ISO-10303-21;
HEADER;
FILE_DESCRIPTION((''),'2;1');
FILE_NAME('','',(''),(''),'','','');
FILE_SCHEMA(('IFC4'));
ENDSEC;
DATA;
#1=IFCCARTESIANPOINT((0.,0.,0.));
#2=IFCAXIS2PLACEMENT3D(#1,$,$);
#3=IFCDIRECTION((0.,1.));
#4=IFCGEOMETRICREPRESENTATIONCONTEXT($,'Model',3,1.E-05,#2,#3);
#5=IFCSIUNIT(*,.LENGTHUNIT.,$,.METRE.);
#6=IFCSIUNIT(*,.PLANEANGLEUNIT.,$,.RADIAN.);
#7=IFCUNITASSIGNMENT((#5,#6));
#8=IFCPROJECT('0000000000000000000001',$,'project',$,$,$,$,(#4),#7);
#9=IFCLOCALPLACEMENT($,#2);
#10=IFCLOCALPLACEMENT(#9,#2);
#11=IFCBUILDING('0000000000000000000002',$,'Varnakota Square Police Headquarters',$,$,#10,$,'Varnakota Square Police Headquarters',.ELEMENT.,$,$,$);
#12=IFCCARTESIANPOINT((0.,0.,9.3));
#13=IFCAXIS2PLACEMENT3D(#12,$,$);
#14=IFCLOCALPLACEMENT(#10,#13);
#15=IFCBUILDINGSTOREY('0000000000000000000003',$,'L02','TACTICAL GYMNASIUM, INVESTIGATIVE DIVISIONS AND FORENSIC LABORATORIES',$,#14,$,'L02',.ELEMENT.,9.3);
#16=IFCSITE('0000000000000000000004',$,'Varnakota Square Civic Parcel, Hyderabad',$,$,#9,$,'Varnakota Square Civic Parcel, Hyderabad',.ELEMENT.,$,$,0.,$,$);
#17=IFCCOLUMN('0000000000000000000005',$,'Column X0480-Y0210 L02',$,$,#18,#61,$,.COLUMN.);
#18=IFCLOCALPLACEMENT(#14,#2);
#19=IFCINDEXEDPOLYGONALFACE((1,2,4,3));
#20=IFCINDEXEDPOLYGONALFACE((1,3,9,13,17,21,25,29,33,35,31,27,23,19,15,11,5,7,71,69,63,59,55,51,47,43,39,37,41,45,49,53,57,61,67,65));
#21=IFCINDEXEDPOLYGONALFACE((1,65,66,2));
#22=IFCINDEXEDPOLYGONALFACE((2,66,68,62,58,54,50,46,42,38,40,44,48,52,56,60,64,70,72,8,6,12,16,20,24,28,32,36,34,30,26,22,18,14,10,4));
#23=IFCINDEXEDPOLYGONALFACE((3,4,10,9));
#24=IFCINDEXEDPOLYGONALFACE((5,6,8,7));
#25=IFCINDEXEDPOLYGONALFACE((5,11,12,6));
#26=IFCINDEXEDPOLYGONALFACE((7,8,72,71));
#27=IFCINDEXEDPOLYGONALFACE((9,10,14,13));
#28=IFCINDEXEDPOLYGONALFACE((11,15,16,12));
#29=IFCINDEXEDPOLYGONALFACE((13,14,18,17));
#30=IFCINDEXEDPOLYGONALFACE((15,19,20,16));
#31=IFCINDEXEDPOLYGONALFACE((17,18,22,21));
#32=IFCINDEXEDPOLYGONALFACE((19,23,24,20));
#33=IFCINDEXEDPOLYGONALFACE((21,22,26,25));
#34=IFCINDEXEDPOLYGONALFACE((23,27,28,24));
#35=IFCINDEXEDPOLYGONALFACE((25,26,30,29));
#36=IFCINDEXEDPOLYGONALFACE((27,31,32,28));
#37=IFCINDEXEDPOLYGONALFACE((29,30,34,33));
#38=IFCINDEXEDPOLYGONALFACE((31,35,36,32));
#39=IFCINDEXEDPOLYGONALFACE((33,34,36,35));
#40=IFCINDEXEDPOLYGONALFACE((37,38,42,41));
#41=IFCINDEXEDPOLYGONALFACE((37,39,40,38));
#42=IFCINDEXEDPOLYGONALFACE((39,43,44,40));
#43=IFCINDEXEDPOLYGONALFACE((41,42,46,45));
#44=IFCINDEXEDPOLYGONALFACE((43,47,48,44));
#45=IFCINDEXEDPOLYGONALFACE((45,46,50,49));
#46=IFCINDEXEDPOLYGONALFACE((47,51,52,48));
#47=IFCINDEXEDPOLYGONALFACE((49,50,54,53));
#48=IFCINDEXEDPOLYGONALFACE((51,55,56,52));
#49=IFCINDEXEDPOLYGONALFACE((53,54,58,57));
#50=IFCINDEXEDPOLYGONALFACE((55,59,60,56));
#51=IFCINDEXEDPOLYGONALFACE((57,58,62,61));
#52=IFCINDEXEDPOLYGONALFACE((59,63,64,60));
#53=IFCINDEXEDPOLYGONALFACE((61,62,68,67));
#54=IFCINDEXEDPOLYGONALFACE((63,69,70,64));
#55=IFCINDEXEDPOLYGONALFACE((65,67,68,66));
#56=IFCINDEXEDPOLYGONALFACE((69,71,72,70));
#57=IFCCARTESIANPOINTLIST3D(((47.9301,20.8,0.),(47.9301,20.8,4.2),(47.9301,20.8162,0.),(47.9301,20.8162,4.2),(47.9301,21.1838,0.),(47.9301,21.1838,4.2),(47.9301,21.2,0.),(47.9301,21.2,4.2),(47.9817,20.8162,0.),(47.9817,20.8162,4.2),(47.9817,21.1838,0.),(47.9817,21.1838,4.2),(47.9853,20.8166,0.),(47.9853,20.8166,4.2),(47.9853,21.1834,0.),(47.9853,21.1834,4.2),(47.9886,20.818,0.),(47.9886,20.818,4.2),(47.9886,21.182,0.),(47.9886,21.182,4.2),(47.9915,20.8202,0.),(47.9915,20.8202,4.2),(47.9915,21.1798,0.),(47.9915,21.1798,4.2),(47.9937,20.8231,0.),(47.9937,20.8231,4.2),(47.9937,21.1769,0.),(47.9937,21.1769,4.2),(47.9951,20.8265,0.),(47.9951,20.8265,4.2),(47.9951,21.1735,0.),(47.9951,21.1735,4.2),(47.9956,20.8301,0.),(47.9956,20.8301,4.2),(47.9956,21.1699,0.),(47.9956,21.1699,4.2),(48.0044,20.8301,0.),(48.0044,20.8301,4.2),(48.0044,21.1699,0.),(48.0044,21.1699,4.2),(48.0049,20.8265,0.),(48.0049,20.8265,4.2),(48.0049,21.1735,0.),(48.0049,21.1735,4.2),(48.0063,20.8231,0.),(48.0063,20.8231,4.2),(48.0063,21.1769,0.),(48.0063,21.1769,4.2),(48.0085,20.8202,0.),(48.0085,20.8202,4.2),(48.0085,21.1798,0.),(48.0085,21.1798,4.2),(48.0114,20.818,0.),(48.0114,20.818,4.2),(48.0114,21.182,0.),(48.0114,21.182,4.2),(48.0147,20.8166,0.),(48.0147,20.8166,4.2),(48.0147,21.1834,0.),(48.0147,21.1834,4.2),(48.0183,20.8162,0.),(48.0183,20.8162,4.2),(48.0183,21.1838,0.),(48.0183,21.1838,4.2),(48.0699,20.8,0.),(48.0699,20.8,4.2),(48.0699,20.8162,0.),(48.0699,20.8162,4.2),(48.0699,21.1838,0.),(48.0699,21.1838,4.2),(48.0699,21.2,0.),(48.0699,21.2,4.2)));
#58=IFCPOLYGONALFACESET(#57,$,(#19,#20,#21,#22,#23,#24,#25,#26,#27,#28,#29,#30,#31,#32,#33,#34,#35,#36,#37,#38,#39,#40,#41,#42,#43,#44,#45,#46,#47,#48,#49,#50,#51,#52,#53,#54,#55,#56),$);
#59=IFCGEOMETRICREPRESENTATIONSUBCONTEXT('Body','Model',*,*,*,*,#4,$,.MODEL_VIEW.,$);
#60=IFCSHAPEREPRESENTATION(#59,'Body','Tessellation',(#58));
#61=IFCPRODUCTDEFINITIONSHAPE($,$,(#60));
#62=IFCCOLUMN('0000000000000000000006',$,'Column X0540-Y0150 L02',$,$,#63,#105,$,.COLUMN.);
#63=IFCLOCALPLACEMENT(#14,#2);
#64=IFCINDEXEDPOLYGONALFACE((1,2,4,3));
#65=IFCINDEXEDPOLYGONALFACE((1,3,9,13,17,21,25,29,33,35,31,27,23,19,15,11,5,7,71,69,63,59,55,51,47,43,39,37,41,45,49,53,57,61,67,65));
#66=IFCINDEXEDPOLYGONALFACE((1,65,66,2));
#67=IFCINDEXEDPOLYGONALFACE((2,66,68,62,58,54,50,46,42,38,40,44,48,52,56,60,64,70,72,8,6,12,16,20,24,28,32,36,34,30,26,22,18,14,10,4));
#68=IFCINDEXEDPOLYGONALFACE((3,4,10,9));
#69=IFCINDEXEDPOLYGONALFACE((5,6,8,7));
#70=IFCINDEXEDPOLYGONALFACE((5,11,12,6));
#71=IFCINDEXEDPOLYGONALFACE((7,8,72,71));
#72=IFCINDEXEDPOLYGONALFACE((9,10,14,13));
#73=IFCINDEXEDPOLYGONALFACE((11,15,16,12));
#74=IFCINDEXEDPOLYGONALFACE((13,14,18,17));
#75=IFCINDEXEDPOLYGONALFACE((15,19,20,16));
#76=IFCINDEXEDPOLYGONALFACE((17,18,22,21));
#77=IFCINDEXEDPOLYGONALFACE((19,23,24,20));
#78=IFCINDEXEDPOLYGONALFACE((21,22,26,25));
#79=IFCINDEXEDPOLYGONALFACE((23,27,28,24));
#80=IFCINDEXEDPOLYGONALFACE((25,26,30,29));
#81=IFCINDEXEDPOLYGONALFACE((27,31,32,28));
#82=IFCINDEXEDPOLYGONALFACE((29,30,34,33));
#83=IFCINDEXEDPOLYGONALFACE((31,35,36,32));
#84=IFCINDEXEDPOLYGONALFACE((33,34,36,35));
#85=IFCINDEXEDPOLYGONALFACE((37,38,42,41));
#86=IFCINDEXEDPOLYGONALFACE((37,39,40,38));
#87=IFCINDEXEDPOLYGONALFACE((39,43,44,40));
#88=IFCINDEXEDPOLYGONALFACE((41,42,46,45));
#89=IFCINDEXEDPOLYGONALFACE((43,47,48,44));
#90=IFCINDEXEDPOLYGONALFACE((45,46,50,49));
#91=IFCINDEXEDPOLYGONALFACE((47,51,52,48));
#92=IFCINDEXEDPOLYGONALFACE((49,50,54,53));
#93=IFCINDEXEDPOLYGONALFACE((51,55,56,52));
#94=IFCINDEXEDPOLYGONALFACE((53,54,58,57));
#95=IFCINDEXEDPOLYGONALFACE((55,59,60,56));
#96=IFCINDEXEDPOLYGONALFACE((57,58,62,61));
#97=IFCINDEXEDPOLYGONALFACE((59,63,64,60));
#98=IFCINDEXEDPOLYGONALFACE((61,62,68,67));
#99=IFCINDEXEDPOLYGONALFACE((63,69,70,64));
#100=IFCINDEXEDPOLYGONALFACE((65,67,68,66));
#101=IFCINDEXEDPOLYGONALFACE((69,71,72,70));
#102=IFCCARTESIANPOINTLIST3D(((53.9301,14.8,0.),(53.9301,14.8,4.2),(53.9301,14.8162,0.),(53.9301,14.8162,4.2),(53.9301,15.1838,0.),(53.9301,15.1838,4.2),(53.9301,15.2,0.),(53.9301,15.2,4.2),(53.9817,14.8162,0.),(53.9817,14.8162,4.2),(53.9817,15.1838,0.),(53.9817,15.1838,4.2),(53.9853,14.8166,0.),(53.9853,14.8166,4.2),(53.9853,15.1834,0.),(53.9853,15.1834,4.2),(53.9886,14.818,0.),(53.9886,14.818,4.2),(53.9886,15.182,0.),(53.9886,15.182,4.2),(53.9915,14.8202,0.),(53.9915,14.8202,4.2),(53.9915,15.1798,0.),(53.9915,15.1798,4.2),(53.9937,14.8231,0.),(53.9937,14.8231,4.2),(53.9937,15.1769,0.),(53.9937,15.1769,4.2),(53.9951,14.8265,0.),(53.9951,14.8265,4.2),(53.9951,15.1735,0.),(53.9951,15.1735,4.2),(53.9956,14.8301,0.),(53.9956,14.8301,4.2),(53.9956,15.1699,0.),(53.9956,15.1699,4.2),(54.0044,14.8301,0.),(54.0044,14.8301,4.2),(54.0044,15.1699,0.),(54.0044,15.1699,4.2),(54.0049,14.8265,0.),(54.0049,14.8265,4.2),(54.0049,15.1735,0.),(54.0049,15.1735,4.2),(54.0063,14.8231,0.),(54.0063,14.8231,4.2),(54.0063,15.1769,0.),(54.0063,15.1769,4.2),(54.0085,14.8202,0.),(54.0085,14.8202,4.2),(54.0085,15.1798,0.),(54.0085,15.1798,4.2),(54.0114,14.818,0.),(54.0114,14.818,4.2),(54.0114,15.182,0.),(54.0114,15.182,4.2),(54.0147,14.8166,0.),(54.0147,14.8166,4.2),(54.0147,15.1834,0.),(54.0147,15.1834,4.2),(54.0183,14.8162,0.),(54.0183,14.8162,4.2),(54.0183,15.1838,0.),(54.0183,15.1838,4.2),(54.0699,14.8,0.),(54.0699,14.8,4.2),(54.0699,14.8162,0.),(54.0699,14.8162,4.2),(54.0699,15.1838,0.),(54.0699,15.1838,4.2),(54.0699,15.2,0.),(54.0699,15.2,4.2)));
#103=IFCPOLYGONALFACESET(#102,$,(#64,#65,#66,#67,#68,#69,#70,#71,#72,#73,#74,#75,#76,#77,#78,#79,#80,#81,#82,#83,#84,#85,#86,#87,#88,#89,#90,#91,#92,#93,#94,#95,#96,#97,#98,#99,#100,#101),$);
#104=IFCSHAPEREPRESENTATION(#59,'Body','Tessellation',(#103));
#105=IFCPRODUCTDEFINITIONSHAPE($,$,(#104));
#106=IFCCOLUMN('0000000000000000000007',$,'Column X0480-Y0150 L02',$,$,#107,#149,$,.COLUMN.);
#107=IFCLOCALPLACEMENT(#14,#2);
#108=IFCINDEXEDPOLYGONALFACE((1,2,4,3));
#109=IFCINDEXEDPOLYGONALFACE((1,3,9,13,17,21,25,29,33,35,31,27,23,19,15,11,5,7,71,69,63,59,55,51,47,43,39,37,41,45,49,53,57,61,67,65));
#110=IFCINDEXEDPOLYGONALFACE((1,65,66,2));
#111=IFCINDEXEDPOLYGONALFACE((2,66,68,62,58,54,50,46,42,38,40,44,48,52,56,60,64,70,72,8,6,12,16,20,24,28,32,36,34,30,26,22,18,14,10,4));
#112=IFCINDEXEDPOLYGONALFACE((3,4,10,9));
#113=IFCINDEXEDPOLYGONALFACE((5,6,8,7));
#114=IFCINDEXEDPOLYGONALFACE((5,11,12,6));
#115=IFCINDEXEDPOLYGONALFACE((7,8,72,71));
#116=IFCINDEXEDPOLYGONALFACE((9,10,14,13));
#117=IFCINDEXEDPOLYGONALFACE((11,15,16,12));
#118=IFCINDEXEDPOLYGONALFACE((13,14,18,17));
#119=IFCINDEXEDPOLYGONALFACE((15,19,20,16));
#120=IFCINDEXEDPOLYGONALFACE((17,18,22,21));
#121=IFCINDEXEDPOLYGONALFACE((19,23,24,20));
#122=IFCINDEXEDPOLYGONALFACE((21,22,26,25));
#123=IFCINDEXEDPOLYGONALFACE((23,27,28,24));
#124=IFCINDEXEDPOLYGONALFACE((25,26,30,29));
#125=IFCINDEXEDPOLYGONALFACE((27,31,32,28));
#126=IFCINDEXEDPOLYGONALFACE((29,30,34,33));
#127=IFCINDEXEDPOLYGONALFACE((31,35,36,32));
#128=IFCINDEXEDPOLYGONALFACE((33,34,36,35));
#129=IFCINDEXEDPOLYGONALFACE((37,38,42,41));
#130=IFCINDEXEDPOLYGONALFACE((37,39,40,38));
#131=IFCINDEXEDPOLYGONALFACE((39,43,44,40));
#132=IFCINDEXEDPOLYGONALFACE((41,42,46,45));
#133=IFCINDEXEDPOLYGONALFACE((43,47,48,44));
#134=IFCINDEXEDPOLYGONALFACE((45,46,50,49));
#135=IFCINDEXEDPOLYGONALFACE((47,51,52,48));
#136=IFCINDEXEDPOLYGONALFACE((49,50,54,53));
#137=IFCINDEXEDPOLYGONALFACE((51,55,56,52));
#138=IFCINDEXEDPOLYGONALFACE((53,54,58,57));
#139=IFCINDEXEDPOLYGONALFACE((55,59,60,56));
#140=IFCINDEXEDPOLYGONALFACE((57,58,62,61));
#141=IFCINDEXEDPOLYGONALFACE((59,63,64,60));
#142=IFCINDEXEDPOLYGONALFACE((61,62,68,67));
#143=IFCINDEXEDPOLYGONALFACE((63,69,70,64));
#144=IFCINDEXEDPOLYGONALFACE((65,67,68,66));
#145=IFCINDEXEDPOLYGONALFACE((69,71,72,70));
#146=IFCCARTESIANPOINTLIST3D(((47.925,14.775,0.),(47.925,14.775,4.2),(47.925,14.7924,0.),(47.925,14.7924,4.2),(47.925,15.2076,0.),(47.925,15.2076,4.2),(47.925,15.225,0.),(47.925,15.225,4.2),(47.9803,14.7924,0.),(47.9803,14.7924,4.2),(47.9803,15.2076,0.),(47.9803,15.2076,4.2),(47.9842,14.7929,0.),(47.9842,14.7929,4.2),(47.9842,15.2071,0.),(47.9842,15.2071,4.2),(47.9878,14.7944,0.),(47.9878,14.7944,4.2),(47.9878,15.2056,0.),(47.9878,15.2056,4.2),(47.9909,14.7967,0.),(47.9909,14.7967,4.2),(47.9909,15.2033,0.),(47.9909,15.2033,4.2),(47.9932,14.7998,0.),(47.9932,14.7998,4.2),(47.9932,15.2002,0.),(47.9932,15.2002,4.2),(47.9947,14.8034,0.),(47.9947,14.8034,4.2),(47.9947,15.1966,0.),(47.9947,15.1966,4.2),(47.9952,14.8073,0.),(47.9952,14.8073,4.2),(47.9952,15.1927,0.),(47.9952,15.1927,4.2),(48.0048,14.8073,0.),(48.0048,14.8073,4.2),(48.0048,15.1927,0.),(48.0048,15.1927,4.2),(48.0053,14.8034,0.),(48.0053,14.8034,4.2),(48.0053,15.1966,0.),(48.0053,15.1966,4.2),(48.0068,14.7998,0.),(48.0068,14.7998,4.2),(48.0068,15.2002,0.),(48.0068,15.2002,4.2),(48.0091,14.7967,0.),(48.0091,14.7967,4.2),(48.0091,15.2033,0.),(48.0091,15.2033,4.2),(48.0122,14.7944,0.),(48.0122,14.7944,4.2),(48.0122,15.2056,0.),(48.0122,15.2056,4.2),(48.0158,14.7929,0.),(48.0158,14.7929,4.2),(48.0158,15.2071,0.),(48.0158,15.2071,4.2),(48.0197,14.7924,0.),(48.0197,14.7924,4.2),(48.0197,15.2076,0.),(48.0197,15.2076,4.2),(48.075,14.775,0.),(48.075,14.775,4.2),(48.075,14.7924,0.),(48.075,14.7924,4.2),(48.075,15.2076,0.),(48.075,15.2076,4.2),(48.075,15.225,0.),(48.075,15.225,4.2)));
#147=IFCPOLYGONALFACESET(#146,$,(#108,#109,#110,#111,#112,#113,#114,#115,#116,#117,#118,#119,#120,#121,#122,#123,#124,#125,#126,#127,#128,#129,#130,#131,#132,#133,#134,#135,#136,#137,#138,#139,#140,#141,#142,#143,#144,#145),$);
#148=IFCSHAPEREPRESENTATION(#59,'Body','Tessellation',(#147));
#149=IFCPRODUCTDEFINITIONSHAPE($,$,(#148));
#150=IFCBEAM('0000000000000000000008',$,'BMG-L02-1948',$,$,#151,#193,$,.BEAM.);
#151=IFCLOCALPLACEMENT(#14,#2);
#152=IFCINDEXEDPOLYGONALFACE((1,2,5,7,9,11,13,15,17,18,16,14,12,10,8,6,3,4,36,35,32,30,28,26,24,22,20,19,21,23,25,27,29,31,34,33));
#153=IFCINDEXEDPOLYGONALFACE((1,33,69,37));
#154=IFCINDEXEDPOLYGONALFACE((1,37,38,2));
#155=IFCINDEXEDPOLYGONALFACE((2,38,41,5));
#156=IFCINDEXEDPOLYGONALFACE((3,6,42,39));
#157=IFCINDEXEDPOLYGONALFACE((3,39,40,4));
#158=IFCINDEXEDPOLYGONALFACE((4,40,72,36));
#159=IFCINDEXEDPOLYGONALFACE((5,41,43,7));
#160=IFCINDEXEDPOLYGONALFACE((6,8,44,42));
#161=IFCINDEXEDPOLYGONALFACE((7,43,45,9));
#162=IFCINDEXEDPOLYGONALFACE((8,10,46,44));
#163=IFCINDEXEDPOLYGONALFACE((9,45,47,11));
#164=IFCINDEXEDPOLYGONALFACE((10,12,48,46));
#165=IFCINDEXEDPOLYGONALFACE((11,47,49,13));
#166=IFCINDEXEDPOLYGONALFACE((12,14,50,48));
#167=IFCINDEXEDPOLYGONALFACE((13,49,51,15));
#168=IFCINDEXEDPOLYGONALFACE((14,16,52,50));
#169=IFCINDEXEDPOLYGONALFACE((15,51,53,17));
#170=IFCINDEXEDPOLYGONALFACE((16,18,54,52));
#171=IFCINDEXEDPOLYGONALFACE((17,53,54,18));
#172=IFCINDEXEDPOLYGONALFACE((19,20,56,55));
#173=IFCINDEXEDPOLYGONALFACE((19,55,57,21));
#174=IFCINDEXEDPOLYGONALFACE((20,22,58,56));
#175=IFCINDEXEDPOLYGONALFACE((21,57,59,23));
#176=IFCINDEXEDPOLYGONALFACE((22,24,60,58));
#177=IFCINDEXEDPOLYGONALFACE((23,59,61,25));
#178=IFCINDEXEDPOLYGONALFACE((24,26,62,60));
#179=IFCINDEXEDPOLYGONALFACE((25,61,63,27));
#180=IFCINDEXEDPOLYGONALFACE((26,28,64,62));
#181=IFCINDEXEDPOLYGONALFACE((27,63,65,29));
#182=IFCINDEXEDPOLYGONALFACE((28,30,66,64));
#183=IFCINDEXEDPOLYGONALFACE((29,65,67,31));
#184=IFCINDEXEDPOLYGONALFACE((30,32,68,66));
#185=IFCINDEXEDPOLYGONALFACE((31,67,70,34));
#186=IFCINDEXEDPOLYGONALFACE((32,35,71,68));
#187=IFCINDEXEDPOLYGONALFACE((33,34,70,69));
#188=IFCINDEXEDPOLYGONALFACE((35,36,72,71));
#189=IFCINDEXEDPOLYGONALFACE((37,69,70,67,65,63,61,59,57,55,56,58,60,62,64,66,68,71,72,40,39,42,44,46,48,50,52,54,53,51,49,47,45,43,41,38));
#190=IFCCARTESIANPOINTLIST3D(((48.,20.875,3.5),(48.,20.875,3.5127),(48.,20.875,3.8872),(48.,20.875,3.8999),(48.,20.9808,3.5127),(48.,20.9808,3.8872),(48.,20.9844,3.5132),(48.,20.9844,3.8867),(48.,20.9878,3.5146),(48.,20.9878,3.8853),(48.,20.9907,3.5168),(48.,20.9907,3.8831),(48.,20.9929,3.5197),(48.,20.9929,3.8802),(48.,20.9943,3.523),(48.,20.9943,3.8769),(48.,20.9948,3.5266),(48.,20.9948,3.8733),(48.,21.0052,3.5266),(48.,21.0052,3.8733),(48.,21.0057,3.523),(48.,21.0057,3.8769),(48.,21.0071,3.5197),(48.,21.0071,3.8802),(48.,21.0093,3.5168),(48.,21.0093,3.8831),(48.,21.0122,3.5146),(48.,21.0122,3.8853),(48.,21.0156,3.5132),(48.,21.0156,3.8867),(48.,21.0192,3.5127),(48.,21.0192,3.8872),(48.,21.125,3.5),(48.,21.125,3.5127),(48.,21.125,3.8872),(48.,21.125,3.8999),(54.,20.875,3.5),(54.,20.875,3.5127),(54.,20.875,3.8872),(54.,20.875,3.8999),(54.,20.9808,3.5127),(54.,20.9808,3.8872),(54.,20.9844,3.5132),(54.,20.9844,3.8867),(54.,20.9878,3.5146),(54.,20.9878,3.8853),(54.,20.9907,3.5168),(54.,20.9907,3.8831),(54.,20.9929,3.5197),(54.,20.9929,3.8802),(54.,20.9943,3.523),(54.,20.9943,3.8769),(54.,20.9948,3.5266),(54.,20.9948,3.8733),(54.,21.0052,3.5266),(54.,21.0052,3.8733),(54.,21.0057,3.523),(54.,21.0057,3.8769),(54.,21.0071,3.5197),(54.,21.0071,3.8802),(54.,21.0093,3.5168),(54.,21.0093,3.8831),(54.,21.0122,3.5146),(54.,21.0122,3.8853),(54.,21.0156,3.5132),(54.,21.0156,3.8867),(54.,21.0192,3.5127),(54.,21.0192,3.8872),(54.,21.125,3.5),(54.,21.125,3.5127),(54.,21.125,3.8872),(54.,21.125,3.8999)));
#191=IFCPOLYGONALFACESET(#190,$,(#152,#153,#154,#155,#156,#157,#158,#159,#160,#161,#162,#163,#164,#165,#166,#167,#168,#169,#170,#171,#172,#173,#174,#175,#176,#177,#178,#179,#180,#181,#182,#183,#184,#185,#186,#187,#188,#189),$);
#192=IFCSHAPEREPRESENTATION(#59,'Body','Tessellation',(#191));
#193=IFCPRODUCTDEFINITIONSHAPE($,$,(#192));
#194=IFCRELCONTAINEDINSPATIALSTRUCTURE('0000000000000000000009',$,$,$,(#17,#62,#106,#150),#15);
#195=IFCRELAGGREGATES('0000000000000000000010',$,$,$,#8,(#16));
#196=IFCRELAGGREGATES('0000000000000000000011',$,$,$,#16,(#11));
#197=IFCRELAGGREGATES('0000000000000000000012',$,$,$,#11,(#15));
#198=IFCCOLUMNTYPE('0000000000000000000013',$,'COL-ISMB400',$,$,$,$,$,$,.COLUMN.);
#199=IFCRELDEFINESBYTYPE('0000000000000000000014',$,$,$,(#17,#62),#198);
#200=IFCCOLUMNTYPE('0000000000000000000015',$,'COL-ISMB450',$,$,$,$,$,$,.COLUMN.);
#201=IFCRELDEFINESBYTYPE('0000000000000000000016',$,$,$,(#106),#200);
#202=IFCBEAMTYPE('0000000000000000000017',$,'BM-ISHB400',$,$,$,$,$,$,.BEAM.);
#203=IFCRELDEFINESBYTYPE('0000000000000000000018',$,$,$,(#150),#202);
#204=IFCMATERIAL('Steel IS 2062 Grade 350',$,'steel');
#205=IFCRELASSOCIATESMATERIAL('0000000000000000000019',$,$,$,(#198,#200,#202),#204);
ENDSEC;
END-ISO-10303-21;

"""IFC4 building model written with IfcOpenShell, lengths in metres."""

from ifc_helpers import new_model, si_unit, direction, frame, origin, origin_2d, place, context, subcontext, project, spatial, i_section, extrude, material, material_profile, profile_set, type_object, element, save


model = new_model("IFC4")

# Units and contexts
model_context = context("Model", 3, precision=1e-05, world=origin(), true_north=direction((0.0, 1.0)))
body_context = subcontext(model_context, "Body", "Model", "MODEL_VIEW")
ifc_project = project(units=[si_unit("LENGTHUNIT", "METRE"), si_unit("PLANEANGLEUNIT", "RADIAN")], contexts=[model_context])

# Site, building, storey
site_placement = place(None, origin())
site = spatial("IfcSite", under=ifc_project, at=site_placement, Name="Varnakota Square Civic Parcel, Hyderabad", LongName="Varnakota Square Civic Parcel, Hyderabad", CompositionType="ELEMENT", RefElevation=0.0)
building_placement = place(site_placement, origin())
building = spatial("IfcBuilding", under=site, at=building_placement, Name="Varnakota Square Police Headquarters", LongName="Varnakota Square Police Headquarters", CompositionType="ELEMENT")
storey_placement = place(building_placement, frame((0.0, 0.0, 9.3)))
storey = spatial("IfcBuildingStorey", under=building, at=storey_placement, Name="L02", Description="TACTICAL GYMNASIUM, INVESTIGATIVE DIVISIONS AND FORENSIC LABORATORIES", LongName="L02", CompositionType="ELEMENT", Elevation=9.3)

# Columns
ifc_material_1 = material(Name="Steel IS 2062 Grade 350", Category="steel")
ifc_material_profile_1 = material_profile(ifc_material_1, i_section(OverallWidth=0.1399, OverallDepth=0.3999, WebThickness=0.0088, FlangeThickness=0.0161, FilletRadius=0.0139, at=origin_2d()), Name="ISMB 400")
ifc_profile_set_1 = profile_set([ifc_material_profile_1], Name="Steel IS 2062 Grade 350")
column_type_1 = type_object("IfcColumnType", Name="COL-ISMB400", PredefinedType="COLUMN", material=ifc_profile_set_1)
for number, where, z_axis, x_axis, name in (
    (1, (48.0, 21.0, 0.0), (0.0, 0.0, 1.0), (1.0, 0.0, 0.0), "Column X0480-Y0210 L02"),
    (2, (54.0, 15.0, 0.0), (0.0, 0.0, 1.0), (1.0, 0.0, 0.0), "Column X0540-Y0150 L02"),
):
    element("IfcColumn", number, at=place(storey_placement, frame(where, z_axis=z_axis, x_axis=x_axis)), inside=storey, type_object=column_type_1, Name=name, PredefinedType="COLUMN", context=body_context, shape_type="SweptSolid", body=[
        extrude(i_section(OverallWidth=0.1399, OverallDepth=0.3999, WebThickness=0.0088, FlangeThickness=0.0161, FilletRadius=0.0139, at=origin_2d()), origin(), (0.0, 0.0, 1.0), 4.2),
    ])
ifc_material_profile_2 = material_profile(ifc_material_1, i_section(OverallWidth=0.1499, OverallDepth=0.45, WebThickness=0.0095, FlangeThickness=0.0173, FilletRadius=0.0149, at=origin_2d()), Name="ISMB 450")
ifc_profile_set_2 = profile_set([ifc_material_profile_2], Name="Steel IS 2062 Grade 350")
column_type_2 = type_object("IfcColumnType", Name="COL-ISMB450", PredefinedType="COLUMN", material=ifc_profile_set_2)
column_placement = place(storey_placement, frame((48.0, 15.0, 0.0), z_axis=(0.0, 0.0, 1.0), x_axis=(1.0, 0.0, 0.0)))
element("IfcColumn", 3, at=column_placement, inside=storey, type_object=column_type_2, Name="Column X0480-Y0150 L02", PredefinedType="COLUMN", context=body_context, shape_type="SweptSolid", body=[
    extrude(i_section(OverallWidth=0.1499, OverallDepth=0.45, WebThickness=0.0095, FlangeThickness=0.0173, FilletRadius=0.0149, at=origin_2d()), origin(), (0.0, 0.0, 1.0), 4.2),
])

# Beam
ifc_material_profile_3 = material_profile(ifc_material_1, i_section(OverallWidth=0.25, OverallDepth=0.3999, WebThickness=0.0105, FlangeThickness=0.0127, FilletRadius=0.0139, at=origin_2d()), Name="ISHB 400")
ifc_profile_set_3 = profile_set([ifc_material_profile_3], Name="Steel IS 2062 Grade 350")
beam_type_1 = type_object("IfcBeamType", Name="BM-ISHB400", PredefinedType="BEAM", material=ifc_profile_set_3)
beam_placement = place(storey_placement, frame((48.0, 21.0, 3.7), z_axis=(1.0, 0.0, 0.0), x_axis=(0.0, 1.0, 0.0)))
element("IfcBeam", 4, at=beam_placement, inside=storey, type_object=beam_type_1, Name="BMG-L02-1948", PredefinedType="BEAM", context=body_context, shape_type="SweptSolid", body=[
    extrude(i_section(OverallWidth=0.25, OverallDepth=0.3999, WebThickness=0.0105, FlangeThickness=0.0127, FilletRadius=0.0139, at=origin_2d()), origin(), (0.0, 0.0, 1.0), 6.0),
])

save(model, "model.ifc")
